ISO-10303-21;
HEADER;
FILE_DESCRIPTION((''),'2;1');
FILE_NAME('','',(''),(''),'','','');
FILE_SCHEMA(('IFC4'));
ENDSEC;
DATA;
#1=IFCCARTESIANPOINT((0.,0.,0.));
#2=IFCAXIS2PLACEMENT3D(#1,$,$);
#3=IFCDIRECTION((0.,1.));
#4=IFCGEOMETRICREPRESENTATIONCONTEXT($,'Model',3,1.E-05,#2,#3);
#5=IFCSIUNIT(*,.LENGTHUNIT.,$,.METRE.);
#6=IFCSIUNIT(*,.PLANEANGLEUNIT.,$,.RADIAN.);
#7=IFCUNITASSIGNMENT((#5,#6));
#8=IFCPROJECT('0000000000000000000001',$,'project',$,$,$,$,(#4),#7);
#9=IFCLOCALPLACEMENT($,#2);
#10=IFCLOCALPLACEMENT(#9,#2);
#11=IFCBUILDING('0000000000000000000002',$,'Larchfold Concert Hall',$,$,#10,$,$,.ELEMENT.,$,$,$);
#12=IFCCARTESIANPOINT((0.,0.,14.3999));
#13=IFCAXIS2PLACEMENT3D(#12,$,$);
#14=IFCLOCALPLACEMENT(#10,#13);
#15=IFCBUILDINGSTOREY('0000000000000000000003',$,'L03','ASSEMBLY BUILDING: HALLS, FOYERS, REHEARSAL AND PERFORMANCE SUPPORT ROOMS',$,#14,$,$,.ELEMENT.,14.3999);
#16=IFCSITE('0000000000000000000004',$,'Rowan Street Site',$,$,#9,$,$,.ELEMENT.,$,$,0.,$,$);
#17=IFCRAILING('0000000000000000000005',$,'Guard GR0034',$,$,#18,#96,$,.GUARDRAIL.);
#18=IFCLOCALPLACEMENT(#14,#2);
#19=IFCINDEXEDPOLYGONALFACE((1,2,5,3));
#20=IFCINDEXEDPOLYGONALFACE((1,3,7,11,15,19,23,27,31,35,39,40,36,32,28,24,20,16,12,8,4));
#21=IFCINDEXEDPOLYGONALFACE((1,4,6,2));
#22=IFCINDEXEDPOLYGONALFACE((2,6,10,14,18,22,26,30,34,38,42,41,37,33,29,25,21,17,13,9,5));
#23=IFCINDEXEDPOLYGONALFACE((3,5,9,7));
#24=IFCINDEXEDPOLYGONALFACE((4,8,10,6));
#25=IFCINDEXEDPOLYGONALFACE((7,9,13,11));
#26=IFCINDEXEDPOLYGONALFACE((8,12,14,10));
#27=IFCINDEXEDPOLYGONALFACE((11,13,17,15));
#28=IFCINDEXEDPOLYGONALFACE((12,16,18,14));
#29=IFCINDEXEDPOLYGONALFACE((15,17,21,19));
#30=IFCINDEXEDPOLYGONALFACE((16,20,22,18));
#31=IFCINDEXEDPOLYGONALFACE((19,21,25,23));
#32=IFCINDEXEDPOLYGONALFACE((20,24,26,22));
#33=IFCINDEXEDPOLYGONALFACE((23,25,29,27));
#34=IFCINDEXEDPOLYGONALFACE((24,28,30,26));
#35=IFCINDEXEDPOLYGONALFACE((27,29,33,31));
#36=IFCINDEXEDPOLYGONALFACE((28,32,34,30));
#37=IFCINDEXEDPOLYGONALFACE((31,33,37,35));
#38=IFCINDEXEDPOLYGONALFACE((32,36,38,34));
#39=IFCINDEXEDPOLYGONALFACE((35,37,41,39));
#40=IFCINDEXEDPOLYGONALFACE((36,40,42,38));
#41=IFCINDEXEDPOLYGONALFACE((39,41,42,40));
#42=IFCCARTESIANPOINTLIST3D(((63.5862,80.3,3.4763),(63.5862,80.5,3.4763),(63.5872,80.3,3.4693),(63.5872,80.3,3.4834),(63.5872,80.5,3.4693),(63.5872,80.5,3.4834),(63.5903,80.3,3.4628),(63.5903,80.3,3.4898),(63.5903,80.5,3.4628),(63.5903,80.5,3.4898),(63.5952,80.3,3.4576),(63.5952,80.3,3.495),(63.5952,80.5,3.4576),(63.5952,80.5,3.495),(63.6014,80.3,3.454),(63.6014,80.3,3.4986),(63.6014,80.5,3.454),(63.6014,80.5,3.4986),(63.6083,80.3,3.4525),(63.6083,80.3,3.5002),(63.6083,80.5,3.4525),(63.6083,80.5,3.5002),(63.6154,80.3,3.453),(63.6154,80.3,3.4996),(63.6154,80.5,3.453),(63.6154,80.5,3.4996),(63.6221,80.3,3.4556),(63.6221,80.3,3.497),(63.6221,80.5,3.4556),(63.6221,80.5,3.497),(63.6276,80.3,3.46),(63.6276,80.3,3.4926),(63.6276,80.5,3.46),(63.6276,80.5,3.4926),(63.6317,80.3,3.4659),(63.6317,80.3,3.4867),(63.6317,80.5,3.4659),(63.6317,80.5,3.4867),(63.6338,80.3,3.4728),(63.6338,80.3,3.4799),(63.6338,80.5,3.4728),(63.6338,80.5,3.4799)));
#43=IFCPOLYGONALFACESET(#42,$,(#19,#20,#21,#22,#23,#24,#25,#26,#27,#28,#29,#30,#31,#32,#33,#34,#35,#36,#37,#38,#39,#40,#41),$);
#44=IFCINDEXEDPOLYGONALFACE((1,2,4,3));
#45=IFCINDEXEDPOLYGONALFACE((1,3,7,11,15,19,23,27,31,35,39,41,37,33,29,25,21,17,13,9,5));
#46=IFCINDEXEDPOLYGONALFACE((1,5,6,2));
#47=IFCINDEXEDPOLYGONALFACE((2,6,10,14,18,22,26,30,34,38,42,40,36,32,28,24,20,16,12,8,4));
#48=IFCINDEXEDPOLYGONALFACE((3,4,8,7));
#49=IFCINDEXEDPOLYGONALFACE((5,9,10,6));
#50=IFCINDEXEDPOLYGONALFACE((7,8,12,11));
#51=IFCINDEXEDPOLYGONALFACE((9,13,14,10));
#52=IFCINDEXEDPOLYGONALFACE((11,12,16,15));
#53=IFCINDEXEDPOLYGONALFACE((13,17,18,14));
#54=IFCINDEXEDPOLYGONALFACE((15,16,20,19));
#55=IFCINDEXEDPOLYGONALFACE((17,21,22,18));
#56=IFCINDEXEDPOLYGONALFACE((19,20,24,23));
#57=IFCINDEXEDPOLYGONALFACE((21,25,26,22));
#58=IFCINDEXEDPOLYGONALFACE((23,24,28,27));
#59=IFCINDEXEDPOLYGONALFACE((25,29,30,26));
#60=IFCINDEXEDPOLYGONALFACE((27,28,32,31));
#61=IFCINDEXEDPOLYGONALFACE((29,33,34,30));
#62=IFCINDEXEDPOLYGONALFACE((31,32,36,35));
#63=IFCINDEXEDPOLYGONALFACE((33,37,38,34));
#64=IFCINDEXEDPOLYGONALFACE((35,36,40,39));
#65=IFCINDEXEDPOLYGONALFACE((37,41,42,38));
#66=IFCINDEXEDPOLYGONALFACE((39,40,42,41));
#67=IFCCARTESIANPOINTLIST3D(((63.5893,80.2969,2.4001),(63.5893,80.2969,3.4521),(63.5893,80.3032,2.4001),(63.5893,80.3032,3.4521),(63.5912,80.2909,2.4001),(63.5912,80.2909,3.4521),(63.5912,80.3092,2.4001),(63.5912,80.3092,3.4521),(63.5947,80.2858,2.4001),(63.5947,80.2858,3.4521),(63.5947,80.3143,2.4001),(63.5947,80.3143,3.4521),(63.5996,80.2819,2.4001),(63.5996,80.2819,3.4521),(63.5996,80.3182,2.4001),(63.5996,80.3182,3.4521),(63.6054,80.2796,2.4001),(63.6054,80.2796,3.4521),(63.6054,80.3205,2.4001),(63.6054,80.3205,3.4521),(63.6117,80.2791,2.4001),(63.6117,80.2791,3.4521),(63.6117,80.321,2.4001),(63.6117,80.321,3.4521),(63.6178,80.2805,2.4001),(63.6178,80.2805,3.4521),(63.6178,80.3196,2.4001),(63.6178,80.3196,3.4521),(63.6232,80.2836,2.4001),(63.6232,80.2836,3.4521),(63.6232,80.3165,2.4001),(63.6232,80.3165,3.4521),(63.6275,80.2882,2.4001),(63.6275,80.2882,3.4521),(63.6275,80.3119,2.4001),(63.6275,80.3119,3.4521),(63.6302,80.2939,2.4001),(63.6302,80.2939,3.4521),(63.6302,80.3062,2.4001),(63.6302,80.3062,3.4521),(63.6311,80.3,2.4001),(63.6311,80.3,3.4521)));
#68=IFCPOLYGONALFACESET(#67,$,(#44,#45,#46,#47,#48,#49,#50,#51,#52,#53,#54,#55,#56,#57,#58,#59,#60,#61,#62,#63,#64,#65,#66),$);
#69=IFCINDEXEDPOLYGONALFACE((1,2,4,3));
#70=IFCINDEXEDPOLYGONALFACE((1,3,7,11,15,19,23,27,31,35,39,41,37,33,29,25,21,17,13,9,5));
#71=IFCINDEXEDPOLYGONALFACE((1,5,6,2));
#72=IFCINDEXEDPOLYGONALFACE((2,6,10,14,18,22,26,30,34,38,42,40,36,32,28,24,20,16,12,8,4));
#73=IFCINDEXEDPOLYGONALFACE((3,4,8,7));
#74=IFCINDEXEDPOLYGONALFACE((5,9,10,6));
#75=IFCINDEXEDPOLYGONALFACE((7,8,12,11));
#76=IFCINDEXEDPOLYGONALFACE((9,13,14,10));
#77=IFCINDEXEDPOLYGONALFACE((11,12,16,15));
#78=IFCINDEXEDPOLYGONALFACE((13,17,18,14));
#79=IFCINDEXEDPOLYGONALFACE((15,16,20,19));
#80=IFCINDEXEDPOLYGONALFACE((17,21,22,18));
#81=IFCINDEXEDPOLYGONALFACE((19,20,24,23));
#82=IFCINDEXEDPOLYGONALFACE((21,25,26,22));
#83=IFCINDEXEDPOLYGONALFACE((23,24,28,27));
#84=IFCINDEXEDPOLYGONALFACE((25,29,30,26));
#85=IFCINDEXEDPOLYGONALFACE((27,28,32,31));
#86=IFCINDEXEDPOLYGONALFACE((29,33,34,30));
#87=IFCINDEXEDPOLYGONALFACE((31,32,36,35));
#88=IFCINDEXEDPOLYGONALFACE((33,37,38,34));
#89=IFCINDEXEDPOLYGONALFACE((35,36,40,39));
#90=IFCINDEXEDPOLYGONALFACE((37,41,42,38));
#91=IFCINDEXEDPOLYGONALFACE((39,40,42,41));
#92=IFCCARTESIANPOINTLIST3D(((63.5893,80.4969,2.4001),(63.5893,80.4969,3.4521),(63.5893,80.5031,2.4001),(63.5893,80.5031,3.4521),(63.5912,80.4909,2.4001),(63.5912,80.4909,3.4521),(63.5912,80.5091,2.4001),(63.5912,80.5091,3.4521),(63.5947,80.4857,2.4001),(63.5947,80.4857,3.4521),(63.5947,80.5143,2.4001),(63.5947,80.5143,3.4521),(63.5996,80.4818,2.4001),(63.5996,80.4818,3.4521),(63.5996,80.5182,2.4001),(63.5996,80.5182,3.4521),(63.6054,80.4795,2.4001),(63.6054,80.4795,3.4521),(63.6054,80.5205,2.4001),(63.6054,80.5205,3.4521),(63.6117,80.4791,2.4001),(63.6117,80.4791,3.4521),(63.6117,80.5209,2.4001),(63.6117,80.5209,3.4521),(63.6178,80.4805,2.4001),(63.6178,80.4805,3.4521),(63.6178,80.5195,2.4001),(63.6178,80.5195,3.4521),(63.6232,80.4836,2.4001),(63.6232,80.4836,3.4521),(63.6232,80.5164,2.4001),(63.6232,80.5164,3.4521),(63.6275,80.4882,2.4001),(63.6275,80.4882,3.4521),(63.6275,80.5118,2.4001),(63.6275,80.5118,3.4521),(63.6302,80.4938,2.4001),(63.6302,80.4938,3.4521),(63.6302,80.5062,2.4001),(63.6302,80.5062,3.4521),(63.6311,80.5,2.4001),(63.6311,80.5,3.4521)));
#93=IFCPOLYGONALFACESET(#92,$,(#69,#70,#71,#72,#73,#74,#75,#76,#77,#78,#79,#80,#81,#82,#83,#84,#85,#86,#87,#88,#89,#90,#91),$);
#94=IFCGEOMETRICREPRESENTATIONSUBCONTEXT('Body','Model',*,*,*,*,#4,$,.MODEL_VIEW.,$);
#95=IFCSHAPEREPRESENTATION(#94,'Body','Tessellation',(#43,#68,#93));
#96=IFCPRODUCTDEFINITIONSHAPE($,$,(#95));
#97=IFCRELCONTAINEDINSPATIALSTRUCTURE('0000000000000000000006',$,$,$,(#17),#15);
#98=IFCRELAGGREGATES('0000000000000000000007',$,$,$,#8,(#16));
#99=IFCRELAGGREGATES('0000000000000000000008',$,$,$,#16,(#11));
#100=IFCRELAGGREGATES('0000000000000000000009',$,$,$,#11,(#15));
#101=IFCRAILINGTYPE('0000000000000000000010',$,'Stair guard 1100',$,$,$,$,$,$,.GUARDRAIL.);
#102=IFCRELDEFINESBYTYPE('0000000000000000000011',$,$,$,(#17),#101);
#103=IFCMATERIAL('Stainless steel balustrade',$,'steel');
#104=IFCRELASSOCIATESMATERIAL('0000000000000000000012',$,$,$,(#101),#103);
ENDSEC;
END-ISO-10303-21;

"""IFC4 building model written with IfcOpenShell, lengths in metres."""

from ifc_helpers import new_model, si_unit, direction, frame, origin, origin_2d, place, context, subcontext, project, spatial, circle, extrude, material, type_object, element, save


model = new_model("IFC4")

# Units and contexts
model_context = context("Model", 3, precision=1e-05, world=origin(), true_north=direction((0.0, 1.0)))
body_context = subcontext(model_context, "Body", "Model", "MODEL_VIEW")
ifc_project = project(units=[si_unit("LENGTHUNIT", "METRE"), si_unit("PLANEANGLEUNIT", "RADIAN")], contexts=[model_context])

# Site, building, storey
site_placement = place(None, origin())
site = spatial("IfcSite", under=ifc_project, at=site_placement, Name="Rowan Street Site", CompositionType="ELEMENT", RefElevation=0.0)
building_placement = place(site_placement, origin())
building = spatial("IfcBuilding", under=site, at=building_placement, Name="Larchfold Concert Hall", CompositionType="ELEMENT")
storey_placement = place(building_placement, frame((0.0, 0.0, 14.3999)))
storey = spatial("IfcBuildingStorey", under=building, at=storey_placement, Name="L03", Description="ASSEMBLY BUILDING: HALLS, FOYERS, REHEARSAL AND PERFORMANCE SUPPORT ROOMS", CompositionType="ELEMENT", Elevation=14.3999)

# Railing
ifc_material_1 = material(Name="Stainless steel balustrade", Category="steel")
railing_type_1 = type_object("IfcRailingType", Name="Stair guard 1100", PredefinedType="GUARDRAIL", material=ifc_material_1)
railing_1_placement = place(storey_placement, frame((63.6101, 80.3, 2.4001)))
element("IfcRailing", 1, at=railing_1_placement, inside=storey, type_object=railing_type_1, Name="Guard GR0034", PredefinedType="GUARDRAIL", context=body_context, shape_type="SweptSolid", body=[
    extrude(circle(Radius=0.0239, at=origin_2d()), frame((0.0, 0.0, 1.0762), z_axis=(0.0, 1.0, 0.0), x_axis=(-1.0, 0.0, 0.0)), (0.0, 0.0, 1.0), 0.2),
    extrude(circle(Radius=0.021, at=origin_2d()), origin(), (0.0, 0.0, 1.0), 1.052),
    extrude(circle(Radius=0.021, at=origin_2d()), frame((0.0, 0.2, 0.0)), (0.0, 0.0, 1.0), 1.052),
])

save(model, "model.ifc")
